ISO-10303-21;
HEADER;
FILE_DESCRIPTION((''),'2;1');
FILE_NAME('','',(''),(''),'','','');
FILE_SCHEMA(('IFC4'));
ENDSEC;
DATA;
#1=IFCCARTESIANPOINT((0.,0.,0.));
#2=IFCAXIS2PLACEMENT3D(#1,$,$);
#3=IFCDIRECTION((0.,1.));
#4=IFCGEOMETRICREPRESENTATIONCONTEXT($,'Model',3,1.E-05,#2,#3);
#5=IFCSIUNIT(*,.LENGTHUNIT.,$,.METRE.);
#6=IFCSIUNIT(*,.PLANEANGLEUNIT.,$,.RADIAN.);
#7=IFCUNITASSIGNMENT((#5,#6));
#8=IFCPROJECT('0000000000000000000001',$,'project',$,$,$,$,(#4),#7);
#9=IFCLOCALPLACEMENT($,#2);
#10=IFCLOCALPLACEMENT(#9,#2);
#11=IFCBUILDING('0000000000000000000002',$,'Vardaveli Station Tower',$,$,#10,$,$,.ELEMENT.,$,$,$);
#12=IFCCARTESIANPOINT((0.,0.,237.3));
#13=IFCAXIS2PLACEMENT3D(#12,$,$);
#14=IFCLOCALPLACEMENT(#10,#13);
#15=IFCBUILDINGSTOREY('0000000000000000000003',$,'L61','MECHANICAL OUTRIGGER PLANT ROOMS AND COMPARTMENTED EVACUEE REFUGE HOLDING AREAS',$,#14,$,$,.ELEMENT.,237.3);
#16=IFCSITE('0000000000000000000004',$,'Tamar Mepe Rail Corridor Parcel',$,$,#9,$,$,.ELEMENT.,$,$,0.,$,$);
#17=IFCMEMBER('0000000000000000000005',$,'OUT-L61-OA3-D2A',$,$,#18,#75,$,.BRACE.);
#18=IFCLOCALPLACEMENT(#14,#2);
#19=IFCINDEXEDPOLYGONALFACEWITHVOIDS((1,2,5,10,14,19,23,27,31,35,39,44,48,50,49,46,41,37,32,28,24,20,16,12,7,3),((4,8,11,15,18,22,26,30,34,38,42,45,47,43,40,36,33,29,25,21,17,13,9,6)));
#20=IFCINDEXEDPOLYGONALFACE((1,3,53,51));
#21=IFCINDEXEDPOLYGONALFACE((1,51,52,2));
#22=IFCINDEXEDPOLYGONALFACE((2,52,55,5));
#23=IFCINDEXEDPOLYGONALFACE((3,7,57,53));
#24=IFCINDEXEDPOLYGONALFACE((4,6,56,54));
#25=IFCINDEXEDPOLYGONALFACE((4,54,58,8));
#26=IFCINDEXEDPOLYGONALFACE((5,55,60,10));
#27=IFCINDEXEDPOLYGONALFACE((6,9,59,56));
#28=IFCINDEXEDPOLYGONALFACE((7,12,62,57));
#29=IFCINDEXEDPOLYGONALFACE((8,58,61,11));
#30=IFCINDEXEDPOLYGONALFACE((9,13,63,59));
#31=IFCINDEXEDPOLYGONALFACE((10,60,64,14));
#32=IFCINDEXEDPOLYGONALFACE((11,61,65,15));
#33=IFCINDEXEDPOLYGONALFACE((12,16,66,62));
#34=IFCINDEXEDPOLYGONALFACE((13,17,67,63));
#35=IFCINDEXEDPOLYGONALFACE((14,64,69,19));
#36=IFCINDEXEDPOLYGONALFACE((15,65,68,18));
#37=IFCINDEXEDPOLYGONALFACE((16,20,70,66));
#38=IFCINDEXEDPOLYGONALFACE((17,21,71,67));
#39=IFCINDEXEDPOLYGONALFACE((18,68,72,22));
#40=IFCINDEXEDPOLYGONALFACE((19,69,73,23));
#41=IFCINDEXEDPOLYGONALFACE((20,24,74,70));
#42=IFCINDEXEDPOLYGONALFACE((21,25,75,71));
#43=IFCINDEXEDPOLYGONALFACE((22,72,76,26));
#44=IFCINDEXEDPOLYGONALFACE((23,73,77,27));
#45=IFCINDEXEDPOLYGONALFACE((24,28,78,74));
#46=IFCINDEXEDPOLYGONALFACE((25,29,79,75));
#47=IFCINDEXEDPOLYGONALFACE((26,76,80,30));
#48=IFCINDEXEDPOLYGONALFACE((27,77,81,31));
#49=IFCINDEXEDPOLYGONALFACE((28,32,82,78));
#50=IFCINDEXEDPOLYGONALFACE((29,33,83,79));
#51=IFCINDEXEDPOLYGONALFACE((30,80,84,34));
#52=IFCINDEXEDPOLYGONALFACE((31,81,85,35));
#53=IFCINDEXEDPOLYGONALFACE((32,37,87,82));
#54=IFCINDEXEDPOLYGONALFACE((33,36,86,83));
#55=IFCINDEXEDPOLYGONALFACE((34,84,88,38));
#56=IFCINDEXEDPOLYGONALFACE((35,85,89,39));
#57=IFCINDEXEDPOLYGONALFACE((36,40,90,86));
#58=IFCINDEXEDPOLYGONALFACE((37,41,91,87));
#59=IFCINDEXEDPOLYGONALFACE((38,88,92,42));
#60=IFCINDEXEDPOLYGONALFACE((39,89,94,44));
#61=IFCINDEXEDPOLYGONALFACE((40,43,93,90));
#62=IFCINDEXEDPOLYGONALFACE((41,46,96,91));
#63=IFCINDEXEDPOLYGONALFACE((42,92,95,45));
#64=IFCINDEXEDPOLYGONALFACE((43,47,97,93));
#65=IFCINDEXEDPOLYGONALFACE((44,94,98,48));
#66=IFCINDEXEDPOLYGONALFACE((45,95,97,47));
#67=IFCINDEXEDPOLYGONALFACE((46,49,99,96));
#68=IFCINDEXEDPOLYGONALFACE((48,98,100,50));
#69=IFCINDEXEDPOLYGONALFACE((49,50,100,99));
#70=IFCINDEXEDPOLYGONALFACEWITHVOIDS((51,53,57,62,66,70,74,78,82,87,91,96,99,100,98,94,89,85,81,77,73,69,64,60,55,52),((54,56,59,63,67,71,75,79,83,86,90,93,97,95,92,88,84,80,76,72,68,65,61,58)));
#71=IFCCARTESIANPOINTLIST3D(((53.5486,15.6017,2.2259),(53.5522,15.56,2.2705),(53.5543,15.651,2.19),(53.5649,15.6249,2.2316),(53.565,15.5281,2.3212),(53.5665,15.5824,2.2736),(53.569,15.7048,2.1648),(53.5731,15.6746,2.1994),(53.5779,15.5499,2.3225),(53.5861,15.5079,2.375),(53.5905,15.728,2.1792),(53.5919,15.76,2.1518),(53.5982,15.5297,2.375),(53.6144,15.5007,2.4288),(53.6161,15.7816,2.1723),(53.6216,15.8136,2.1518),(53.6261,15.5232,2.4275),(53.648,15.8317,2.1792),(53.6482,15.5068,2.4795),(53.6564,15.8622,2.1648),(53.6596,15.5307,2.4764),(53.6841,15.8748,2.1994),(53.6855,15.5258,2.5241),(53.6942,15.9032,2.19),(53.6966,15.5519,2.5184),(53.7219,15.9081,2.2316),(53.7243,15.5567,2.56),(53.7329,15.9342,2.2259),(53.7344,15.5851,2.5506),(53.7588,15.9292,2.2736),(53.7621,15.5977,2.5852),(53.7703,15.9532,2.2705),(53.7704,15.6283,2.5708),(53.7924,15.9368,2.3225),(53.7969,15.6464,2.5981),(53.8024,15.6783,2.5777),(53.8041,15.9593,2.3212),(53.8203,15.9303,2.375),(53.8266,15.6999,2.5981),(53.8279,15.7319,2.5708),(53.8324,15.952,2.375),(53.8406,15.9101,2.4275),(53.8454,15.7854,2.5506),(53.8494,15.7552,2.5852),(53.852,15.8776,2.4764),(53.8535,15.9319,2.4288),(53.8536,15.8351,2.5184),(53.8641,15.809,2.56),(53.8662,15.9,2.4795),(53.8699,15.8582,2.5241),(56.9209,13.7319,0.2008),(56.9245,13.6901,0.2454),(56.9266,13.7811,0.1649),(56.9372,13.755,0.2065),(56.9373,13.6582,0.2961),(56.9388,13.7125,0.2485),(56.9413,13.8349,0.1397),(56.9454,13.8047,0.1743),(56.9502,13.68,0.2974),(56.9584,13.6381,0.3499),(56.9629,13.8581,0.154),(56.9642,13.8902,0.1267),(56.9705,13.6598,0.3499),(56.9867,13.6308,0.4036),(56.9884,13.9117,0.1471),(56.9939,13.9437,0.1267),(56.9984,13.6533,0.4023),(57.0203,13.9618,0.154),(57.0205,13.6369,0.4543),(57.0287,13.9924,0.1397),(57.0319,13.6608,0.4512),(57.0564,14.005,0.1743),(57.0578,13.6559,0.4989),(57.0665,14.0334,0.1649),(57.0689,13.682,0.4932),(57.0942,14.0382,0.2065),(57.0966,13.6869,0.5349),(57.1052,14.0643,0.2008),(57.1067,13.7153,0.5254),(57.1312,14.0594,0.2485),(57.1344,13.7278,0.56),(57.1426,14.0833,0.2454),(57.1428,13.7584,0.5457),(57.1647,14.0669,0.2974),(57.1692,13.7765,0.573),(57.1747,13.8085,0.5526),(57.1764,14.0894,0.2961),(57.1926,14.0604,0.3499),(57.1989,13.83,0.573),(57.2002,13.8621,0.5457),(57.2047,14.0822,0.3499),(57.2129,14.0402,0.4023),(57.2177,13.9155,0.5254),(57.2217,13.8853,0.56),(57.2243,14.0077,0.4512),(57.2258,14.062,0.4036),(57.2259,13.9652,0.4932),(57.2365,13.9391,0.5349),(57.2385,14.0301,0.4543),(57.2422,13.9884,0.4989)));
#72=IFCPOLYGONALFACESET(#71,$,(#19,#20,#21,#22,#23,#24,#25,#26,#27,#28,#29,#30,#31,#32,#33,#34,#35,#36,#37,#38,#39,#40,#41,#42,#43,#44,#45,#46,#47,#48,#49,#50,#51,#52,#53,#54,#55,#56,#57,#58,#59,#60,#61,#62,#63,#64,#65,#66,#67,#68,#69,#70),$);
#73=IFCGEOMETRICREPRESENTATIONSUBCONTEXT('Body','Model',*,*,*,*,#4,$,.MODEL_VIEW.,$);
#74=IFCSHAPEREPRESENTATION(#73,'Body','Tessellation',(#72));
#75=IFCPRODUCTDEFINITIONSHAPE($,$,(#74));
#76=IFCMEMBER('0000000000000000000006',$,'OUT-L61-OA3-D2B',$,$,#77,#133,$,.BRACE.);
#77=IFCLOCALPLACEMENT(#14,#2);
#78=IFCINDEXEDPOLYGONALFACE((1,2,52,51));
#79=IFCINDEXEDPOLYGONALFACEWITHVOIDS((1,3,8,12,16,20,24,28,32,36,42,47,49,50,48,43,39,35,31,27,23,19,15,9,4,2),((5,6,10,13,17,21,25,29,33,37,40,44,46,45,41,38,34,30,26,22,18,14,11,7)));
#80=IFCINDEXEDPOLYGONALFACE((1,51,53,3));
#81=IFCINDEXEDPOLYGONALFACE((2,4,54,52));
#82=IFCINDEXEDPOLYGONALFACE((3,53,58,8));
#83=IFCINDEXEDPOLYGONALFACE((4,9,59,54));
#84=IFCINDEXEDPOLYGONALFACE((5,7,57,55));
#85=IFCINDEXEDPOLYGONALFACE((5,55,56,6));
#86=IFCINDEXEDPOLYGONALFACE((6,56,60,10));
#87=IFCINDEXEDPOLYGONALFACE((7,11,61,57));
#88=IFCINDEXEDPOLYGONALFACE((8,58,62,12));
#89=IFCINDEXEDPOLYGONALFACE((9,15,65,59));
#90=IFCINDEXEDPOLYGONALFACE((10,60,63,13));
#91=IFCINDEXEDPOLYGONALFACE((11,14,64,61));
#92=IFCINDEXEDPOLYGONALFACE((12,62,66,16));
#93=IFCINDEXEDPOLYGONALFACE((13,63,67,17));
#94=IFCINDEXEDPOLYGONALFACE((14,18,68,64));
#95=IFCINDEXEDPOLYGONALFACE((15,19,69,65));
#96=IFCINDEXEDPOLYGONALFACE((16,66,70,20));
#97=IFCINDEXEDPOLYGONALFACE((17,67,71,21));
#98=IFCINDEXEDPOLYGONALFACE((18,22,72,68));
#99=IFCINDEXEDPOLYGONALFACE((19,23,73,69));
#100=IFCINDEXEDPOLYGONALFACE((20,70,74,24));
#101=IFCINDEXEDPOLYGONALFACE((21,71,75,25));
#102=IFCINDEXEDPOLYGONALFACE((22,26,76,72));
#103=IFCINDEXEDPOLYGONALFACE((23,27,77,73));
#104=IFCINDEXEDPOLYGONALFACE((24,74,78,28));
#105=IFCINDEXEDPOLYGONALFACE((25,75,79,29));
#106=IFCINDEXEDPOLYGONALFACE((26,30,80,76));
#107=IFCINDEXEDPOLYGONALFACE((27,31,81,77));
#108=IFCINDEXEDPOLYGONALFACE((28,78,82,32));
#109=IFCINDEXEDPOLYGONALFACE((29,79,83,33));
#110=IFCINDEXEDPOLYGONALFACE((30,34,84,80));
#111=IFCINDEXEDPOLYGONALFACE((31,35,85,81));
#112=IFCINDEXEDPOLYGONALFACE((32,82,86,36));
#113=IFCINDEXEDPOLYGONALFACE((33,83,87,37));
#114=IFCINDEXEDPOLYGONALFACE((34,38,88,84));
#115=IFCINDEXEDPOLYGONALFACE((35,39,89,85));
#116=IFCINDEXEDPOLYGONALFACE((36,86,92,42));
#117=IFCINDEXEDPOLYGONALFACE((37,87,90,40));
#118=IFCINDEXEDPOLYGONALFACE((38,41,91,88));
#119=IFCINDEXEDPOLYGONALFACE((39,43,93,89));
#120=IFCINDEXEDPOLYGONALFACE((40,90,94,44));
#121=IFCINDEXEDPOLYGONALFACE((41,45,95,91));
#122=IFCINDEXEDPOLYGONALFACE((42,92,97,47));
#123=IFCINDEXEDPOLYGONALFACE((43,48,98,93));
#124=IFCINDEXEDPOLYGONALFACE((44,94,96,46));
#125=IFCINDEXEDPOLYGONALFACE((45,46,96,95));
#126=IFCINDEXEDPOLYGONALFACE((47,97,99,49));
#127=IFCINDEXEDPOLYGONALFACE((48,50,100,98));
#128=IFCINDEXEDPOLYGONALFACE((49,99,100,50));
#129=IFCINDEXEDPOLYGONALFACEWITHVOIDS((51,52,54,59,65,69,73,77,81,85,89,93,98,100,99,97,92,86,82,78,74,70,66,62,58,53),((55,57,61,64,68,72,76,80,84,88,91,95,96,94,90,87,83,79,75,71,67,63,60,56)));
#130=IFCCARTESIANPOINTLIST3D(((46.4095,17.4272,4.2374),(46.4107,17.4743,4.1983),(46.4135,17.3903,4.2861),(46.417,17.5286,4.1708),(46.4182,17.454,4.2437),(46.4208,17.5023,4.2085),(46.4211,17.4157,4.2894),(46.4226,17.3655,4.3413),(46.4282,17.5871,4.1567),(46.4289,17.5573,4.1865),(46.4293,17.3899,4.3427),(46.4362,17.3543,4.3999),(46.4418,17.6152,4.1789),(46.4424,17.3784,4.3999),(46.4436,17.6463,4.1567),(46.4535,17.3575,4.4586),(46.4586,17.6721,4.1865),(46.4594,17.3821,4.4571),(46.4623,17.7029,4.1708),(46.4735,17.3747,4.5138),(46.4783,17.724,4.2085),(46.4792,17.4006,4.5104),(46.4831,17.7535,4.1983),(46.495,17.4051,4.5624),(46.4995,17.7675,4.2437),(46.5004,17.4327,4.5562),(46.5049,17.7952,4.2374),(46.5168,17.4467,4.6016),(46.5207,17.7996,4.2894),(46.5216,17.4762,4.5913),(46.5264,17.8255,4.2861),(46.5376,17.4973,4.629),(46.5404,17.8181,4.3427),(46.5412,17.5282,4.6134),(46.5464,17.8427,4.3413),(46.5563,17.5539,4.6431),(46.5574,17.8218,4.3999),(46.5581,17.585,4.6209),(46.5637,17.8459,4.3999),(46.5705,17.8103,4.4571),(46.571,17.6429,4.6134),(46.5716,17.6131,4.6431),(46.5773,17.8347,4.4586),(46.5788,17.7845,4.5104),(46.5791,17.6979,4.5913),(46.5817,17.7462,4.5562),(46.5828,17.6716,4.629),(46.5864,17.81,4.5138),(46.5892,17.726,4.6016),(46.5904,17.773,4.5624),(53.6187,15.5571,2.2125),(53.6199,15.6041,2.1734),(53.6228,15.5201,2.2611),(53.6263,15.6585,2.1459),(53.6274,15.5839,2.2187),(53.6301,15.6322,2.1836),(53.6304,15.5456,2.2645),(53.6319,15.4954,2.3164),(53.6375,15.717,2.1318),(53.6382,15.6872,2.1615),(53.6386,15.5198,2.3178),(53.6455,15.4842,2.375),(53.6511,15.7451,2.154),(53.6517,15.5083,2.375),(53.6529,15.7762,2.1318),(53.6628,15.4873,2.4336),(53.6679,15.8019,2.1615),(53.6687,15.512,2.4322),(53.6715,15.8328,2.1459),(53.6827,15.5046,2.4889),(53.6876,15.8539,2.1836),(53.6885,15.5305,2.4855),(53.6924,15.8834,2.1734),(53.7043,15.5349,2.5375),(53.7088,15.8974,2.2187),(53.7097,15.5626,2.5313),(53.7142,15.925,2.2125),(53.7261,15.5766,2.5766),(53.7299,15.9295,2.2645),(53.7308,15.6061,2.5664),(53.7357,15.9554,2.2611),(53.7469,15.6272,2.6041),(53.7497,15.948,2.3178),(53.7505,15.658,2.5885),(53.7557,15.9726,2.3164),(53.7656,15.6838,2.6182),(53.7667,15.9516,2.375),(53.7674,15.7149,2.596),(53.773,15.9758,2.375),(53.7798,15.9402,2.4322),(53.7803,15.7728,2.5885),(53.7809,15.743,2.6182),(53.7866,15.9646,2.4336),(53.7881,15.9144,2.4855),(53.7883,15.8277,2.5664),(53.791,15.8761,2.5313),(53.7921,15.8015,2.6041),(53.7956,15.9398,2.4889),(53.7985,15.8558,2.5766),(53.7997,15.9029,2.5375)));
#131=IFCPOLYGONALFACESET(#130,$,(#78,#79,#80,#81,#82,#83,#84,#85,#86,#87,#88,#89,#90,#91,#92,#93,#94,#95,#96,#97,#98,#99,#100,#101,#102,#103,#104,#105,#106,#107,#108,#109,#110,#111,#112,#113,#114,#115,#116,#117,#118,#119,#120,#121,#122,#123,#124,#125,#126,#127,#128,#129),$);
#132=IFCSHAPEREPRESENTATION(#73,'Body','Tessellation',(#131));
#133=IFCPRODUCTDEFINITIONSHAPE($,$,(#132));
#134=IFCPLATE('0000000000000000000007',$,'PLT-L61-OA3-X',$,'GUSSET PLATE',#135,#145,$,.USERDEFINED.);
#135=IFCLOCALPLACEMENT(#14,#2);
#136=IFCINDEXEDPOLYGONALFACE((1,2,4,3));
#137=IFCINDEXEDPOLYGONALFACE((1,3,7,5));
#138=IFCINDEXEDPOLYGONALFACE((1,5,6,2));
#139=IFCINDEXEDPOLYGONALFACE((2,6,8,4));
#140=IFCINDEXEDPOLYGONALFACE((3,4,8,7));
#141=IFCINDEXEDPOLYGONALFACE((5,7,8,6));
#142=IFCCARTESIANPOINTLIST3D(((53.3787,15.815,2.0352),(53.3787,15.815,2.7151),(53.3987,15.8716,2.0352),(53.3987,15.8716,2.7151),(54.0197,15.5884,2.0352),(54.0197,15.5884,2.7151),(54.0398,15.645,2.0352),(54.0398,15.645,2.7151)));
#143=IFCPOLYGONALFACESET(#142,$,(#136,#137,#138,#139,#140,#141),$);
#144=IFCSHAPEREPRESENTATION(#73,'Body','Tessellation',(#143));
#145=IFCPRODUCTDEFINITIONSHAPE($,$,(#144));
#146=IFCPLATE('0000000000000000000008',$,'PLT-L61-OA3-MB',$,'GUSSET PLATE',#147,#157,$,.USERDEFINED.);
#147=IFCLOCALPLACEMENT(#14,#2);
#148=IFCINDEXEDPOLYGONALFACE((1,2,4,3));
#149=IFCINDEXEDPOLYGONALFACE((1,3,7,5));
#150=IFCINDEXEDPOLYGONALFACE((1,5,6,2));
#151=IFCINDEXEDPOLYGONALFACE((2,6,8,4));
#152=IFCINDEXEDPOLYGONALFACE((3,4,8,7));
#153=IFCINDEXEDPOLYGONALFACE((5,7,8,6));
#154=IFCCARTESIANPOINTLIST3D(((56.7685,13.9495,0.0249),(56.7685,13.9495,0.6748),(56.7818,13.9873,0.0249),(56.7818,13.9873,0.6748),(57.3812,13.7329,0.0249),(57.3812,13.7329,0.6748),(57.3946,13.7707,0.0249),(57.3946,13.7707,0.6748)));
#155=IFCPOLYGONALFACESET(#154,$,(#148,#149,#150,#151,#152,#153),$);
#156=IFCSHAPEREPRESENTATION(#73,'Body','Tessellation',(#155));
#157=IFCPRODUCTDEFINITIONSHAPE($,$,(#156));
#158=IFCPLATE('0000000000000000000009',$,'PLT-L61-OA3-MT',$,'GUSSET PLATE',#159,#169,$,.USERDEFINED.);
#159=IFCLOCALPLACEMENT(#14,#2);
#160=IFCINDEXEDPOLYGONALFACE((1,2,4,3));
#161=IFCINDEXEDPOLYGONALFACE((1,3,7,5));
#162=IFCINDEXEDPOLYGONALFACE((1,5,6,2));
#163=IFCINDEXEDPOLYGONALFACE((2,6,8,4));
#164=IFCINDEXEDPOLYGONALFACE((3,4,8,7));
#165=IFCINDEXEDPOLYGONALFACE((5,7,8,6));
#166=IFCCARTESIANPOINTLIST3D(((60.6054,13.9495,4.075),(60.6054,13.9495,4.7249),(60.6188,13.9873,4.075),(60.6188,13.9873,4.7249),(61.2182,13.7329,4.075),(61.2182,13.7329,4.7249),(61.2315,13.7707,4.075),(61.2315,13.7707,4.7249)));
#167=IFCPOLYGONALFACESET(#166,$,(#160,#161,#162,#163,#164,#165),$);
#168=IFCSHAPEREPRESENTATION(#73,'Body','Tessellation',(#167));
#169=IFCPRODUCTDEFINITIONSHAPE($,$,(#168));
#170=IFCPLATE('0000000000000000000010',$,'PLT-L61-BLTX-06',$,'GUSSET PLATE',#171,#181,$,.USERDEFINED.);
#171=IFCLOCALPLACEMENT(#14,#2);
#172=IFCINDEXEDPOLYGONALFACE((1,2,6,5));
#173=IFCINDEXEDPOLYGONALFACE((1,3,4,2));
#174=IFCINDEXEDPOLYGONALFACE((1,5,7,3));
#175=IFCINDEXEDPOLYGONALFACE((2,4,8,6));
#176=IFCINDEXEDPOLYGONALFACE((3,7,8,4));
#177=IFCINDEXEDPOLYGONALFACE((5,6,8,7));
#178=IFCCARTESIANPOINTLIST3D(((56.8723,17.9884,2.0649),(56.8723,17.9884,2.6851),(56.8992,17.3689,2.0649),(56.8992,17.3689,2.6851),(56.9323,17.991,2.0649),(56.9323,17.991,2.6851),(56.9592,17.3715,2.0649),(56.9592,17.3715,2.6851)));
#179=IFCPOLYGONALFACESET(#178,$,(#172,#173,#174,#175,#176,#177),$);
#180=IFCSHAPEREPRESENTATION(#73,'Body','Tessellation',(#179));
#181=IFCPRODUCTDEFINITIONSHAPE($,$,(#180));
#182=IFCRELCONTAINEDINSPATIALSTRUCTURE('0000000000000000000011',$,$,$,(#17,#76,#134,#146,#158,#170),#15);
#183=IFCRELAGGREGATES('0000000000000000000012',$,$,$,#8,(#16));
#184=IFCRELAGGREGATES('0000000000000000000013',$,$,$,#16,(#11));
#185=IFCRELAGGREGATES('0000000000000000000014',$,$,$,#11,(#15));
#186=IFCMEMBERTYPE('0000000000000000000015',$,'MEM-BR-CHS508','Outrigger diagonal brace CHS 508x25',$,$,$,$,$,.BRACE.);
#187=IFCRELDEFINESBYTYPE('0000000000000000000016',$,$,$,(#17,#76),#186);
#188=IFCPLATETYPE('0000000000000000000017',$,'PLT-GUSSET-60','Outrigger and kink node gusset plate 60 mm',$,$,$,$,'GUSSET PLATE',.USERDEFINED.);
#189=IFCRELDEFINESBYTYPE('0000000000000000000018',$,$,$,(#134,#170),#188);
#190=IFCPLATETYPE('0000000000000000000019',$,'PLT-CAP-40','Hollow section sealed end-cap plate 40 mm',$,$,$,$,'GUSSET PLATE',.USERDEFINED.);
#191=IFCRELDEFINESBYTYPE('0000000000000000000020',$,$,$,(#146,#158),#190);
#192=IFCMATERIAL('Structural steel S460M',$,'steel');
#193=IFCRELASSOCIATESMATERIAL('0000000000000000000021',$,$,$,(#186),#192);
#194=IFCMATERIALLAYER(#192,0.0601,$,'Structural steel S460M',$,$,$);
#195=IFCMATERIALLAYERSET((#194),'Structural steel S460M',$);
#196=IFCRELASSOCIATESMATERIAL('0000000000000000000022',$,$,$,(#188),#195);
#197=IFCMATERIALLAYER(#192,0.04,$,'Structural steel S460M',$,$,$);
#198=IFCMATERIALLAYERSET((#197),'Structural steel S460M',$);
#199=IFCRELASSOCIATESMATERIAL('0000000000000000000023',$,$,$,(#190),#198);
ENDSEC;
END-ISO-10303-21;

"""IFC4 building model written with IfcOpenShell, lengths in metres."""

from ifc_helpers import new_model, si_unit, direction, frame, origin, origin_2d, place, context, subcontext, project, spatial, rectangle, hollow_circle, extrude, source, transform, mapped, material, layer, layer_set, material_profile, profile_set, type_object, element, save


model = new_model("IFC4")

# Units and contexts
model_context = context("Model", 3, precision=1e-05, world=origin(), true_north=direction((0.0, 1.0)))
body_context = subcontext(model_context, "Body", "Model", "MODEL_VIEW")
ifc_project = project(units=[si_unit("LENGTHUNIT", "METRE"), si_unit("PLANEANGLEUNIT", "RADIAN")], contexts=[model_context])

# Site, building, storey
site_placement = place(None, origin())
site = spatial("IfcSite", under=ifc_project, at=site_placement, Name="Tamar Mepe Rail Corridor Parcel", CompositionType="ELEMENT", RefElevation=0.0)
building_placement = place(site_placement, origin())
building = spatial("IfcBuilding", under=site, at=building_placement, Name="Vardaveli Station Tower", CompositionType="ELEMENT")
storey_placement = place(building_placement, frame((0.0, 0.0, 237.3)))
storey = spatial("IfcBuildingStorey", under=building, at=storey_placement, Name="L61", Description="MECHANICAL OUTRIGGER PLANT ROOMS AND COMPARTMENTED EVACUEE REFUGE HOLDING AREAS", CompositionType="ELEMENT", Elevation=237.3)

# Shared definitions
ifc_material_1 = material(Name="Structural steel S460M", Category="steel")

# Members
ifc_material_profile_1 = material_profile(ifc_material_1, hollow_circle(Radius=0.2539, WallThickness=0.0249, at=origin_2d()), Name="CHS 508x25")
ifc_profile_set_1 = profile_set([ifc_material_profile_1], Name="Structural steel S460M")
member_type_1 = type_object("IfcMemberType", Name="MEM-BR-CHS508", Description="Outrigger diagonal brace CHS 508x25", PredefinedType="BRACE", material=ifc_profile_set_1)
shared_shape_1 = source(origin(), body_context, "Body", "SweptSolid", [
    extrude(hollow_circle(Radius=0.2539, WallThickness=0.0249, at=origin_2d()), origin(), (0.0, 0.0, 1.0), 4.3555),
])
member_1_placement = place(storey_placement, frame((57.0815, 13.8601, 0.3499), z_axis=(-0.77427, 0.429316, 0.464966), x_axis=(-0.484922, -0.874557, 0.0)))
element("IfcMember", 1, at=member_1_placement, inside=storey, type_object=member_type_1, Name="OUT-L61-OA3-D2A", PredefinedType="BRACE", context=body_context, shape_type="MappedRepresentation", body=[
    mapped(shared_shape_1, transform((0.0, 0.0, 0.0), scale=1.0)),
])
shared_shape_2 = source(origin(), body_context, "Body", "SweptSolid", [
    extrude(hollow_circle(Radius=0.2539, WallThickness=0.0249, at=origin_2d()), origin(), (0.0, 0.0, 1.0), 7.7183),
])
member_2_placement = place(storey_placement, frame((53.7092, 15.73, 2.375), z_axis=(-0.934056, 0.2423, 0.262354), x_axis=(-0.251095, -0.967962, 0.0)))
element("IfcMember", 2, at=member_2_placement, inside=storey, type_object=member_type_1, Name="OUT-L61-OA3-D2B", PredefinedType="BRACE", context=body_context, shape_type="MappedRepresentation", body=[
    mapped(shared_shape_2, transform((0.0, 0.0, 0.0), scale=1.0)),
])

# Plates
ifc_layer_1 = layer(ifc_material_1, 0.0601, Name="Structural steel S460M")
ifc_layer_set_1 = layer_set([ifc_layer_1], Name="Structural steel S460M")
plate_type_1 = type_object("IfcPlateType", Name="PLT-GUSSET-60", Description="Outrigger and kink node gusset plate 60 mm", ElementType="GUSSET PLATE", PredefinedType="USERDEFINED", material=ifc_layer_set_1)
shared_shape_3 = source(origin(), body_context, "Body", "SweptSolid", [
    extrude(rectangle(XDim=0.6799, YDim=0.0601, at=origin_2d()), origin(), (0.0, 0.0, 1.0), 0.6799),
])
plate_1_placement = place(storey_placement, frame((53.7092, 15.73, 2.0352), z_axis=(0.0, 0.0, 1.0), x_axis=(0.942816, -0.333313, 0.0)))
element("IfcPlate", 3, at=plate_1_placement, inside=storey, type_object=plate_type_1, Name="PLT-L61-OA3-X", ObjectType="GUSSET PLATE", PredefinedType="USERDEFINED", context=body_context, shape_type="MappedRepresentation", body=[
    mapped(shared_shape_3, transform((0.0, 0.0, 0.0), scale=1.0)),
])
ifc_layer_2 = layer(ifc_material_1, 0.04, Name="Structural steel S460M")
ifc_layer_set_2 = layer_set([ifc_layer_2], Name="Structural steel S460M")
plate_type_2 = type_object("IfcPlateType", Name="PLT-CAP-40", Description="Hollow section sealed end-cap plate 40 mm", ElementType="GUSSET PLATE", PredefinedType="USERDEFINED", material=ifc_layer_set_2)
shared_shape_4 = source(origin(), body_context, "Body", "SweptSolid", [
    extrude(rectangle(XDim=0.6499, YDim=0.04, at=origin_2d()), origin(), (0.0, 0.0, 1.0), 0.6499),
])
for number, where, z_axis, x_axis, name in (
    (4, (57.0815, 13.8601, 0.0249), (0.0, 0.0, 1.0), (0.942816, -0.333313, 0.0), "PLT-L61-OA3-MB"),
    (5, (60.9185, 13.8601, 4.075), (0.0, 0.0, 1.0), (0.942816, -0.333313, 0.0), "PLT-L61-OA3-MT"),
):
    element("IfcPlate", number, at=place(storey_placement, frame(where, z_axis=z_axis, x_axis=x_axis)), inside=storey, type_object=plate_type_2, Name=name, ObjectType="GUSSET PLATE", PredefinedType="USERDEFINED", context=body_context, shape_type="MappedRepresentation", body=[
        mapped(shared_shape_4, transform((0.0, 0.0, 0.0), scale=1.0)),
    ])
shared_shape_5 = source(origin(), body_context, "Body", "SweptSolid", [
    extrude(rectangle(XDim=0.6201, YDim=0.0601, at=origin_2d()), origin(), (0.0, 0.0, 1.0), 0.6201),
])
plate_2_placement = place(storey_placement, frame((56.9158, 17.6799, 2.0649), z_axis=(0.0, 0.0, 1.0), x_axis=(-0.043445, 0.999056, 0.0)))
element("IfcPlate", 6, at=plate_2_placement, inside=storey, type_object=plate_type_1, Name="PLT-L61-BLTX-06", ObjectType="GUSSET PLATE", PredefinedType="USERDEFINED", context=body_context, shape_type="MappedRepresentation", body=[
    mapped(shared_shape_5, transform((0.0, 0.0, 0.0), scale=1.0)),
])

save(model, "model.ifc")
